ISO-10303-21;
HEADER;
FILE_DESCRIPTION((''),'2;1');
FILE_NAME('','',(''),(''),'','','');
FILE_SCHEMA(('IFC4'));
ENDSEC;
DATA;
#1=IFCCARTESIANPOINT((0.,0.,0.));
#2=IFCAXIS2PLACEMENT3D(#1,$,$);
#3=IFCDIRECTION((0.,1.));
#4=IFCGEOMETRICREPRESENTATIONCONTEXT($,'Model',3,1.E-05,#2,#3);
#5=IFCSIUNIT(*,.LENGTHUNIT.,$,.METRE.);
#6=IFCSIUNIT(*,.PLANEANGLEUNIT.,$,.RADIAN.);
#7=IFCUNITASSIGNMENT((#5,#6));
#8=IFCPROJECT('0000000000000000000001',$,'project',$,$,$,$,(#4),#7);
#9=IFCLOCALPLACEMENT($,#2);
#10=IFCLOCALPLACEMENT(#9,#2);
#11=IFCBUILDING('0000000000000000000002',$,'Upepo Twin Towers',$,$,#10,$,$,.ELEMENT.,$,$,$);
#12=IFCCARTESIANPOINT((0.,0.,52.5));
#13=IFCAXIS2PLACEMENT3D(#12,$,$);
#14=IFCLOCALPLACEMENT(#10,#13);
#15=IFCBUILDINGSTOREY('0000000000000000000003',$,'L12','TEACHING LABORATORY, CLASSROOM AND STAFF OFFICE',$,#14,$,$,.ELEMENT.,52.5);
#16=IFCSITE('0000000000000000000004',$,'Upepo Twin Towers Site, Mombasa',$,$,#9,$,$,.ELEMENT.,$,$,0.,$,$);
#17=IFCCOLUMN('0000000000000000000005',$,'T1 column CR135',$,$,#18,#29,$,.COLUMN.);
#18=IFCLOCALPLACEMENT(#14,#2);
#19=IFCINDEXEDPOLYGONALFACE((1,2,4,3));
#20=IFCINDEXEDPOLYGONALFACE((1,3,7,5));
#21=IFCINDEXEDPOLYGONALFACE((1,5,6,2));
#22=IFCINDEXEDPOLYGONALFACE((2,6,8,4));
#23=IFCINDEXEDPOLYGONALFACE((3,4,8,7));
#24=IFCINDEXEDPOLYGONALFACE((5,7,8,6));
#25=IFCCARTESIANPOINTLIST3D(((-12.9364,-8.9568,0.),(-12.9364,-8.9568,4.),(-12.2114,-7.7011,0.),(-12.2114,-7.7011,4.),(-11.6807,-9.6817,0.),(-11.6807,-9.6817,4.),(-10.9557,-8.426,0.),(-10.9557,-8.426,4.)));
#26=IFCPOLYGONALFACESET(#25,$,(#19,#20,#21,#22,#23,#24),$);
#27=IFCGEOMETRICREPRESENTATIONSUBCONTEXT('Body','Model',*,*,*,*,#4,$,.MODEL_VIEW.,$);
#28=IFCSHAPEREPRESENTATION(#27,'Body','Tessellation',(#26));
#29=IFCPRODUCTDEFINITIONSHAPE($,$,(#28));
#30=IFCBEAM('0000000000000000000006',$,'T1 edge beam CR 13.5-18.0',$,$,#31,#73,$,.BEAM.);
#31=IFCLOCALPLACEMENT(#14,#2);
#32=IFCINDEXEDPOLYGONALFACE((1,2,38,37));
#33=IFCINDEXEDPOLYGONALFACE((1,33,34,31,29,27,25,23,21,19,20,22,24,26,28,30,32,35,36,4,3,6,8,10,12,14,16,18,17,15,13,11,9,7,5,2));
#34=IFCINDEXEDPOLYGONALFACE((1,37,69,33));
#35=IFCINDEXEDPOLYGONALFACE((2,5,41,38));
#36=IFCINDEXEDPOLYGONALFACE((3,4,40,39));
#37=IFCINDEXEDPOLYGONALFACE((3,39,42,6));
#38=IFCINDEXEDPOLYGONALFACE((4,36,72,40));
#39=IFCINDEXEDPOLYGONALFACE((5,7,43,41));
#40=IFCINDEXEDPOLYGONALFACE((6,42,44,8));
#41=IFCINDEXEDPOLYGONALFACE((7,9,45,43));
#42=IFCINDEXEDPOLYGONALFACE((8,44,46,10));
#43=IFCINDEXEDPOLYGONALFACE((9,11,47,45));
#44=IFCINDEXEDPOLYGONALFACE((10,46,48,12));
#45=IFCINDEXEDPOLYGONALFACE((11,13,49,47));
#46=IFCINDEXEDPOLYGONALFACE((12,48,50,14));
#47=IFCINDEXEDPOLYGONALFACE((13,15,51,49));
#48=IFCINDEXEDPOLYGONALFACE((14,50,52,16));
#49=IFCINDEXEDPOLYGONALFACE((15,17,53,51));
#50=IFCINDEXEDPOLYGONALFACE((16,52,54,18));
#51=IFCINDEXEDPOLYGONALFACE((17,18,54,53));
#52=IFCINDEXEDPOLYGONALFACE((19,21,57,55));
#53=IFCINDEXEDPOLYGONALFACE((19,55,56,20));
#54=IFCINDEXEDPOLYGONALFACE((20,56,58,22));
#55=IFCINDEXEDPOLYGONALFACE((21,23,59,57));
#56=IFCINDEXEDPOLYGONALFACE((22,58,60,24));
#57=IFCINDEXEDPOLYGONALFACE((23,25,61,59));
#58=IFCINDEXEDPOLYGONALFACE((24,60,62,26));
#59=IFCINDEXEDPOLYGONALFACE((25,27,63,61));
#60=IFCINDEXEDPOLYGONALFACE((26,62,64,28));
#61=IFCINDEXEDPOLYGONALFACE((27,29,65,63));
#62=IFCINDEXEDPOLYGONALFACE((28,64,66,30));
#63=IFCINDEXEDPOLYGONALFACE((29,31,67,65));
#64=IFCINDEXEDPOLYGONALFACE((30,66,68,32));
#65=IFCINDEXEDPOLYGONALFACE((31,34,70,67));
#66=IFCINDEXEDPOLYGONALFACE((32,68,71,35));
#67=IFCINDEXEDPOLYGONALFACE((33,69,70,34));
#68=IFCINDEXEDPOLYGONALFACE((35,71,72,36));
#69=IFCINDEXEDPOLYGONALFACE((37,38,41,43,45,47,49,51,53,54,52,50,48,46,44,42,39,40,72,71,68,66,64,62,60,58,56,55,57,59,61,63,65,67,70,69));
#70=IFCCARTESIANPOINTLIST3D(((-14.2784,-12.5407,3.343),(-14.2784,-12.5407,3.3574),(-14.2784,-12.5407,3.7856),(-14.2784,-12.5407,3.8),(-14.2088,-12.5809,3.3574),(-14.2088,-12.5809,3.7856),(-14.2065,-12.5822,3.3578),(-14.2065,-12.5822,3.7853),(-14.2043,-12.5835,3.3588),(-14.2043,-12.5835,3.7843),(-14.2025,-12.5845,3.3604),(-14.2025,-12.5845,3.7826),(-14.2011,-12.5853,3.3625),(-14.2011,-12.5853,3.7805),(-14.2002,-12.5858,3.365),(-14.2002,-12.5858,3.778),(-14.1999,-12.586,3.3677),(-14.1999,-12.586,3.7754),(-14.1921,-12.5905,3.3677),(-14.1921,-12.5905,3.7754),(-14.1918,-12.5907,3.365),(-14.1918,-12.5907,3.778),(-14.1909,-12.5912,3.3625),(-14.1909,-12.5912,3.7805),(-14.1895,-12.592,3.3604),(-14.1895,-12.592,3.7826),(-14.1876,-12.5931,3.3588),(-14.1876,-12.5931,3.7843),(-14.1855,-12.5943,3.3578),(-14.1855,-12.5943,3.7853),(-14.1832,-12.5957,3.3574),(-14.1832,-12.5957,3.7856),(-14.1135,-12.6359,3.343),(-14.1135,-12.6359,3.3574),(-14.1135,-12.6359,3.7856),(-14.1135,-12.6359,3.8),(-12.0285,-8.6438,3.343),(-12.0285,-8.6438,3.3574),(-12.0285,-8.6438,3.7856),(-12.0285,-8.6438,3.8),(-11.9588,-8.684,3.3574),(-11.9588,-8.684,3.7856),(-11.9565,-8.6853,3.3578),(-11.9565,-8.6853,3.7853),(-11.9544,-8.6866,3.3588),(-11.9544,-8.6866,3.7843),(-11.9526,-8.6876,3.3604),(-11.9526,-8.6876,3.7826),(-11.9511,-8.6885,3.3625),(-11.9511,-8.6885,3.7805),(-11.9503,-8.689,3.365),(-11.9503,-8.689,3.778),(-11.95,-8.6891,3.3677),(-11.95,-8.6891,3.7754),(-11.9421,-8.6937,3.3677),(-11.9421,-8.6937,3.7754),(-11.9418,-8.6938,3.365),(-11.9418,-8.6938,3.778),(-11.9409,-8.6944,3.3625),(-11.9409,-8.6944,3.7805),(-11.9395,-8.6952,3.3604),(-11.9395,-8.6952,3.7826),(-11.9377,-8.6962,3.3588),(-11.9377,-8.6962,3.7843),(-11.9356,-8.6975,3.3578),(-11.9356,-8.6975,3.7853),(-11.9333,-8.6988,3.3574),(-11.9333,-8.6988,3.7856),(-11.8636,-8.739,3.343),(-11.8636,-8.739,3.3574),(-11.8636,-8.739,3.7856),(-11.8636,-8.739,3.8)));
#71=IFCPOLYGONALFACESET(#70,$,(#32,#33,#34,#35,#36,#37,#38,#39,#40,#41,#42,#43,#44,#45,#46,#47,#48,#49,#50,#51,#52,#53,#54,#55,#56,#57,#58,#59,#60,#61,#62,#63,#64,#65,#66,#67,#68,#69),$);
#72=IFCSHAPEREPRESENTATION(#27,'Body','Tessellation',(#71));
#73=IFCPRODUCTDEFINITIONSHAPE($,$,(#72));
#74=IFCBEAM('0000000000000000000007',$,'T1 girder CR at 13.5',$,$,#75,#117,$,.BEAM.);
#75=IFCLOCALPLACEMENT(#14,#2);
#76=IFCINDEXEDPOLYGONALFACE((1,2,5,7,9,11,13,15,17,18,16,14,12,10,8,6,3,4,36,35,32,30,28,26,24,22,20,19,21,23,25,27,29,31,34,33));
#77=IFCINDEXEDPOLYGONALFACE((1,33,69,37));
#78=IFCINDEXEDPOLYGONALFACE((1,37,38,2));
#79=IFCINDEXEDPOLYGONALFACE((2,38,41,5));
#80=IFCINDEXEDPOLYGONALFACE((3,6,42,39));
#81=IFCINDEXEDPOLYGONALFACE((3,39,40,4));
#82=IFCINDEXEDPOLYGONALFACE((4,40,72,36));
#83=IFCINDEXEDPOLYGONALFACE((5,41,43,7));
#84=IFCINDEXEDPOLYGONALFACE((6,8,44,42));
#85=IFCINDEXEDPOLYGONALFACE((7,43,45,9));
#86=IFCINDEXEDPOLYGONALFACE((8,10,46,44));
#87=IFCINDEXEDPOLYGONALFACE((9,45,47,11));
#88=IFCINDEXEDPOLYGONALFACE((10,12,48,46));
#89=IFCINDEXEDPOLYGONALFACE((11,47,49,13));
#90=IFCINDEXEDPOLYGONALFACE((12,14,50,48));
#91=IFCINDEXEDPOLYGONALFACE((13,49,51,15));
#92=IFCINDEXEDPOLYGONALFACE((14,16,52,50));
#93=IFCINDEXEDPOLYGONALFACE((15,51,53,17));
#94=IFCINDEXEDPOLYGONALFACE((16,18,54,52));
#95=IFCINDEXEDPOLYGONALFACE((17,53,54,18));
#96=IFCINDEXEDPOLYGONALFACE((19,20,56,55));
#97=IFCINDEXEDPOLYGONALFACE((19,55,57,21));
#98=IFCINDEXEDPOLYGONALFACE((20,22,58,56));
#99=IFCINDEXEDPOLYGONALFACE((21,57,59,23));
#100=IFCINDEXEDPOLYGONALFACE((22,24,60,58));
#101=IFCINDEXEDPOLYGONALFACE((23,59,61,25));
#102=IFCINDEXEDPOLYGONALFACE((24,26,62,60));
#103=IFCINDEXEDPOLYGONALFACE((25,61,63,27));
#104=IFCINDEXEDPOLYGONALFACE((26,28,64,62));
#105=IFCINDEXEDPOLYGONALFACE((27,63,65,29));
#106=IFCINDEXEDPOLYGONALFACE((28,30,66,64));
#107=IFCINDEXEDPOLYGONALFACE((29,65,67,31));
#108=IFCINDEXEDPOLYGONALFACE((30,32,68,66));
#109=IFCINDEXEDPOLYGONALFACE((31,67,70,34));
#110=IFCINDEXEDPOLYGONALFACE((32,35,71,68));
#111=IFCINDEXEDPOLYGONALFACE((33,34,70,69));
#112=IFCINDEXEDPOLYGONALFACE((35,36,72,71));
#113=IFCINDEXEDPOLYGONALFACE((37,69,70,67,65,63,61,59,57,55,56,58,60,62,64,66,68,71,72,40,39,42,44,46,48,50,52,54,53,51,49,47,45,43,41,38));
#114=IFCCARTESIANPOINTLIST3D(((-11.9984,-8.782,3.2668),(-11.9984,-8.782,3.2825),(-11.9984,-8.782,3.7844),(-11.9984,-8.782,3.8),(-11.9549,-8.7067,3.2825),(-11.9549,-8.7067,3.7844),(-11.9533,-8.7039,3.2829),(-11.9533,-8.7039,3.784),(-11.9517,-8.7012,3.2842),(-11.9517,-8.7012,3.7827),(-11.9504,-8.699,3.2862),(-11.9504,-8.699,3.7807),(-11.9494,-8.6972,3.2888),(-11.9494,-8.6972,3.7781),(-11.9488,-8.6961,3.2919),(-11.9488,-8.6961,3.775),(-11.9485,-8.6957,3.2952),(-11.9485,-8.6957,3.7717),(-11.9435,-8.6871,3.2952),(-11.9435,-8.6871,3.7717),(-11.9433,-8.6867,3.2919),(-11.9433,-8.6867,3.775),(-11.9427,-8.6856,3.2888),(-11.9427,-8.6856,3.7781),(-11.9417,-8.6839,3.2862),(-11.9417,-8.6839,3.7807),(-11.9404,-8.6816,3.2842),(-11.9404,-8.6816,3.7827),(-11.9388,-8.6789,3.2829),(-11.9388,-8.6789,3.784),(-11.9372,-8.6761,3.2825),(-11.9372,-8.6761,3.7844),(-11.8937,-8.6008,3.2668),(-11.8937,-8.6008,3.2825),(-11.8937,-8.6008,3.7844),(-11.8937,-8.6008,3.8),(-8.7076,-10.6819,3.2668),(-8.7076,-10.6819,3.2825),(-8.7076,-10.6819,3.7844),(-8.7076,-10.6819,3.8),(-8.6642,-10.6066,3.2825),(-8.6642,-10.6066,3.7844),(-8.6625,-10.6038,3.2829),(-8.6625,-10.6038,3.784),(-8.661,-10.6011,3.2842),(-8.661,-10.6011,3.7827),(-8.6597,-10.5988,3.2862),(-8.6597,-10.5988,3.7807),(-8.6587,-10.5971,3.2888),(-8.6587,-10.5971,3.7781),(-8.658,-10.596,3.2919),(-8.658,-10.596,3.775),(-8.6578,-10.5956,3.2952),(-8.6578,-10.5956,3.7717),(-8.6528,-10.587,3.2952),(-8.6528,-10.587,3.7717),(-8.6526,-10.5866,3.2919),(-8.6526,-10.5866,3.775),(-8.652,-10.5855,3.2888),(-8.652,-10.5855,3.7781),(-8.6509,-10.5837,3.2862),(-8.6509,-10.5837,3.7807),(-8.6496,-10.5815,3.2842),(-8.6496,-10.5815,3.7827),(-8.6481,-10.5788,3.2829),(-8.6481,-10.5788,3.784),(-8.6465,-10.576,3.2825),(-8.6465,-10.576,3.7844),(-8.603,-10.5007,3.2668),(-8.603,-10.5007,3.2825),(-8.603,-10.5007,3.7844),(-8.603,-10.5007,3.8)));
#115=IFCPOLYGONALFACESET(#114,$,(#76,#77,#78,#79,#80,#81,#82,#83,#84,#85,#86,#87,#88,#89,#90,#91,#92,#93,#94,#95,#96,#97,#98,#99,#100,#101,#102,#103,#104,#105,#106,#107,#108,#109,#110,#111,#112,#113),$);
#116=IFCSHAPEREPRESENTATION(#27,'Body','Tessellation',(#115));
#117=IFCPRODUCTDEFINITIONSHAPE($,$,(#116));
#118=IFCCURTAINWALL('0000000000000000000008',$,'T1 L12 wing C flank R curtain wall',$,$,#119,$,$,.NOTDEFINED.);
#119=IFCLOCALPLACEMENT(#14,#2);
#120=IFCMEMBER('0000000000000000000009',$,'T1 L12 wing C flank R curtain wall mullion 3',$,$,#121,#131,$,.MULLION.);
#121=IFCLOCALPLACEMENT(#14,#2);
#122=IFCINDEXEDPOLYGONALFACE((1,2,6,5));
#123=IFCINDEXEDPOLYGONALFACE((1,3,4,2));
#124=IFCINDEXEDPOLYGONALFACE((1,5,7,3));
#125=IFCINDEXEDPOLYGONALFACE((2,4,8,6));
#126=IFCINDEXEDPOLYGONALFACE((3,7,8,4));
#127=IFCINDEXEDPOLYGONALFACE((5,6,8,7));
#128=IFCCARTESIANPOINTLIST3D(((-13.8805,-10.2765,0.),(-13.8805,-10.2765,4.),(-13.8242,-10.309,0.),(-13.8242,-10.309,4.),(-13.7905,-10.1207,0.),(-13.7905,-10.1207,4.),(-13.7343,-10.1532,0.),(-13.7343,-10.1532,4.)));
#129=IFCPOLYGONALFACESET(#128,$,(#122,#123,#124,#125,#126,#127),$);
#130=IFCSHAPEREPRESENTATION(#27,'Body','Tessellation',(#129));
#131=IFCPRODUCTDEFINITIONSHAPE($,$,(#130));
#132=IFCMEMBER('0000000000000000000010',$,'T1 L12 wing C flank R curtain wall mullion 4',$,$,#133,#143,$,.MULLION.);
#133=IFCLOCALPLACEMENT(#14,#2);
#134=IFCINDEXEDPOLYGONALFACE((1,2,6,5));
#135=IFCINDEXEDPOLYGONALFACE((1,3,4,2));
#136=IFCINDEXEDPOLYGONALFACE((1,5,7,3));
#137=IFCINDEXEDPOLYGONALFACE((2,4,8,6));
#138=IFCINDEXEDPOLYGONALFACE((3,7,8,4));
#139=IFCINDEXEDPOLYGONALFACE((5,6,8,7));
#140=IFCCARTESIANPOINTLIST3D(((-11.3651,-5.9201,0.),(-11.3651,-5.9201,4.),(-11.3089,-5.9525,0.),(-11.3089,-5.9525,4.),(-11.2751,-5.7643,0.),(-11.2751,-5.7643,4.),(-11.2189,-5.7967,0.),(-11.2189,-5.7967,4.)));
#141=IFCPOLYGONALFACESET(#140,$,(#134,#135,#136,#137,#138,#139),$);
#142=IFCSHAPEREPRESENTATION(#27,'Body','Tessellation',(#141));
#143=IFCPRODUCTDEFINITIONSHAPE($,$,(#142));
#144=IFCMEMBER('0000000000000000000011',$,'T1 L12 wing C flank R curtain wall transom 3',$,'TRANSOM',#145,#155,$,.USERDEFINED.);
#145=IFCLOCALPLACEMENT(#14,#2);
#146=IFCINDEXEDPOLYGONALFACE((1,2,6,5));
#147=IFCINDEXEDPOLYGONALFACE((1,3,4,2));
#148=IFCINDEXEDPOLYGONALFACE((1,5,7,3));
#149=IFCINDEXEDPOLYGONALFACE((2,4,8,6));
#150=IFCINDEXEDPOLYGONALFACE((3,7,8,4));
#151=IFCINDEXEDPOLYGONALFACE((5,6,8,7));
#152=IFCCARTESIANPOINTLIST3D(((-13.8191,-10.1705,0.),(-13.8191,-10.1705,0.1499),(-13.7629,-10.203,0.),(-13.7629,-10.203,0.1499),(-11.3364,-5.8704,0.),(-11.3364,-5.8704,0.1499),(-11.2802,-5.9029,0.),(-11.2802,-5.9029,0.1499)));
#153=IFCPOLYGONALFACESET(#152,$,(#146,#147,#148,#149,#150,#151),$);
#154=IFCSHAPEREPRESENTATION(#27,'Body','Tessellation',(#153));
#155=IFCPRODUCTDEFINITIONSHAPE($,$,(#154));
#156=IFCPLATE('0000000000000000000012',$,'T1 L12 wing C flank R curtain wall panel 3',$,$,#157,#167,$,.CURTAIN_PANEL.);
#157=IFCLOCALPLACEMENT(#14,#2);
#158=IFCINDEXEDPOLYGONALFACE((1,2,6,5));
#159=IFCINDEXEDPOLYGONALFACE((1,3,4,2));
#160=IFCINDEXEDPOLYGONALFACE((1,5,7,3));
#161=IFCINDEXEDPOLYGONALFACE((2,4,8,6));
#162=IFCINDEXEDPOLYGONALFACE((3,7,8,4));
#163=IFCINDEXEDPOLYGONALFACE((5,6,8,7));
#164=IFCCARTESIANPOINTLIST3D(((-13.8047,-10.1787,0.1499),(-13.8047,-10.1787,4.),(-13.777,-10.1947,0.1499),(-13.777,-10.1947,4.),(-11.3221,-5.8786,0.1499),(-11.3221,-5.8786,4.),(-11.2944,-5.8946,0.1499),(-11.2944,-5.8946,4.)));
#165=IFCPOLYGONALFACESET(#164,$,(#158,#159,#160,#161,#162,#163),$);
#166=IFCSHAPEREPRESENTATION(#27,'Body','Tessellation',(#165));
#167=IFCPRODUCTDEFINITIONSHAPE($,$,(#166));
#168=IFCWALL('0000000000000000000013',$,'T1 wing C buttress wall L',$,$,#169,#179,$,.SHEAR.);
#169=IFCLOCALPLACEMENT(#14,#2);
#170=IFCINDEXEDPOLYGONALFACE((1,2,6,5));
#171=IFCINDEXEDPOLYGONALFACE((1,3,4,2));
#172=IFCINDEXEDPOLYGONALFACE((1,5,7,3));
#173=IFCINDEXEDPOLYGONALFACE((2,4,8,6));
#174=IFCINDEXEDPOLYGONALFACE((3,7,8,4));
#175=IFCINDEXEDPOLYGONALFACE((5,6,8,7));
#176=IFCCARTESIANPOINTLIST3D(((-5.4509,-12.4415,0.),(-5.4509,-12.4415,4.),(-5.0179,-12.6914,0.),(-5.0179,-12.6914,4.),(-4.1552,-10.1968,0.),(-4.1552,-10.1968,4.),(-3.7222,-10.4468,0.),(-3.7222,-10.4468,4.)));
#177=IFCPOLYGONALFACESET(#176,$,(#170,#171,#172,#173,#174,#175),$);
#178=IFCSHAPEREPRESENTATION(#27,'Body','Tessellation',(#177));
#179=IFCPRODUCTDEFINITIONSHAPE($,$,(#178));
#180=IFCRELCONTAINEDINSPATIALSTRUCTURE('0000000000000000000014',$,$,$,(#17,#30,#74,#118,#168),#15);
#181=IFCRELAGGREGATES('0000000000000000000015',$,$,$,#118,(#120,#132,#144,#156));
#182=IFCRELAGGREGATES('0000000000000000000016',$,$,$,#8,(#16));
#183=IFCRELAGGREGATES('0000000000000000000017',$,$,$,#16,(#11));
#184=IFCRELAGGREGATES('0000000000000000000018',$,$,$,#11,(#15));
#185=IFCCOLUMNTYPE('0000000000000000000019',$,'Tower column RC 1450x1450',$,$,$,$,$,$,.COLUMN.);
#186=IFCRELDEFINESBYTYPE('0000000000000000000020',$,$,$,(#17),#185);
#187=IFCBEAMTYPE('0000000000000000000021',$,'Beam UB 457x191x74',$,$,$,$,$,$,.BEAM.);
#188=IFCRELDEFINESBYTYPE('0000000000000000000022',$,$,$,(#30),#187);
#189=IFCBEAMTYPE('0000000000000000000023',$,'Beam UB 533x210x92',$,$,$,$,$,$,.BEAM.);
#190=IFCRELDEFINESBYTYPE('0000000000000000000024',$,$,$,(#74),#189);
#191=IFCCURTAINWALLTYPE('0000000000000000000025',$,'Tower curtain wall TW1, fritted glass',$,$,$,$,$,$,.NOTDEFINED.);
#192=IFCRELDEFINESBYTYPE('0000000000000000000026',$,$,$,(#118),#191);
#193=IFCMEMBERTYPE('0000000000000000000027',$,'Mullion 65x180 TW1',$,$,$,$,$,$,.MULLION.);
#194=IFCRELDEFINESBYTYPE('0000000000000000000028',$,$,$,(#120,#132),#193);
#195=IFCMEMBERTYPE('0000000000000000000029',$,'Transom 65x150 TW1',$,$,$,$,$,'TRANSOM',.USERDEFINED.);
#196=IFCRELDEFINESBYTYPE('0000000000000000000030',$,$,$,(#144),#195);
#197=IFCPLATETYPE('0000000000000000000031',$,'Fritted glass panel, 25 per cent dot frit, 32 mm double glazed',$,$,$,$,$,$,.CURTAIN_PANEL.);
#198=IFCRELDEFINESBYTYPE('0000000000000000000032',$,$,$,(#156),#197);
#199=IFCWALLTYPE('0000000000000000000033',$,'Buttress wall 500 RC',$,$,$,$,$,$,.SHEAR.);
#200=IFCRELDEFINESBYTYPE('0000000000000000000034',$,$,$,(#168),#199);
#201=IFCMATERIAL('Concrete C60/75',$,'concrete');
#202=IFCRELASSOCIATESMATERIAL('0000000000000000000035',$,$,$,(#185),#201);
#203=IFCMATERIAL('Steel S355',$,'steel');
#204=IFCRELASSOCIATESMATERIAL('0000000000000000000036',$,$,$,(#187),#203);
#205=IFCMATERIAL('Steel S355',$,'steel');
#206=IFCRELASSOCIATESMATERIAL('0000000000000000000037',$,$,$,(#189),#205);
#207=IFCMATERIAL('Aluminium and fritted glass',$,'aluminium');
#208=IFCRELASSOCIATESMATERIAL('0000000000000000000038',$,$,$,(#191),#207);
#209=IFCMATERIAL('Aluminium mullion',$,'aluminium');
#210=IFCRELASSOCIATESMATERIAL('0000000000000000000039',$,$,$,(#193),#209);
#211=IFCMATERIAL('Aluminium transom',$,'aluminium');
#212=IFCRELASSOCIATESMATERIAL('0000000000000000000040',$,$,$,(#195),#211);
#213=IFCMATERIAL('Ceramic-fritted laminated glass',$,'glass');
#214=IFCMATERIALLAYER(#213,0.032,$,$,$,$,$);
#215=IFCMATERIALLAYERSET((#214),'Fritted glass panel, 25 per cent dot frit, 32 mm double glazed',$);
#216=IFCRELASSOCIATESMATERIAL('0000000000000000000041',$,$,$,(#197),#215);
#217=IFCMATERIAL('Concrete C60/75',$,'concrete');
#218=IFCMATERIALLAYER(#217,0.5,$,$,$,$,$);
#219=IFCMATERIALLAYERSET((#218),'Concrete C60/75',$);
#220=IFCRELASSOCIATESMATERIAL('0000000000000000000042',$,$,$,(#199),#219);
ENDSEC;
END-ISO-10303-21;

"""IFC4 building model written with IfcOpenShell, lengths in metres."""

from ifc_helpers import new_model, si_unit, direction, frame, frame_2d, origin, origin_2d, place, context, subcontext, project, spatial, rectangle, i_section, extrude, material, layer, layer_set, material_profile, profile_set, type_object, element, aggregate, save


model = new_model("IFC4")

# Units and contexts
model_context = context("Model", 3, precision=1e-05, world=origin(), true_north=direction((0.0, 1.0)))
body_context = subcontext(model_context, "Body", "Model", "MODEL_VIEW")
ifc_project = project(units=[si_unit("LENGTHUNIT", "METRE"), si_unit("PLANEANGLEUNIT", "RADIAN")], contexts=[model_context])

# Site, building, storey
site_placement = place(None, origin())
site = spatial("IfcSite", under=ifc_project, at=site_placement, Name="Upepo Twin Towers Site, Mombasa", CompositionType="ELEMENT", RefElevation=0.0)
building_placement = place(site_placement, origin())
building = spatial("IfcBuilding", under=site, at=building_placement, Name="Upepo Twin Towers", CompositionType="ELEMENT")
storey_placement = place(building_placement, frame((0.0, 0.0, 52.5)))
storey = spatial("IfcBuildingStorey", under=building, at=storey_placement, Name="L12", Description="TEACHING LABORATORY, CLASSROOM AND STAFF OFFICE", CompositionType="ELEMENT", Elevation=52.5)

# Column
ifc_material_1 = material(Name="Concrete C60/75", Category="concrete")
ifc_material_profile_1 = material_profile(ifc_material_1, rectangle(XDim=1.45, YDim=1.45, at=origin_2d()), Name="RC 1450x1450")
ifc_profile_set_1 = profile_set([ifc_material_profile_1], Name="Concrete C60/75")
column_type = type_object("IfcColumnType", Name="Tower column RC 1450x1450", PredefinedType="COLUMN", material=ifc_profile_set_1)
column_placement = place(storey_placement, frame((-11.946, -8.6914, 0.0), z_axis=(0.0, 0.0, 1.0), x_axis=(0.5, 0.866025, 0.0)))
element("IfcColumn", 1, at=column_placement, inside=storey, type_object=column_type, Name="T1 column CR135", PredefinedType="COLUMN", context=body_context, shape_type="SweptSolid", body=[
    extrude(rectangle(XDim=1.45, YDim=1.45, at=origin_2d()), origin(), (0.0, 0.0, 1.0), 4.0),
])

# Beams
ifc_material_2 = material(Name="Steel S355", Category="steel")
ifc_material_profile_2 = material_profile(ifc_material_2, i_section(OverallWidth=0.1904, OverallDepth=0.457, WebThickness=0.009, FlangeThickness=0.0144, FilletRadius=0.0103, at=origin_2d()), Name="UB 457x191x74")
ifc_profile_set_2 = profile_set([ifc_material_profile_2], Name="Steel S355")
beam_type_1 = type_object("IfcBeamType", Name="Beam UB 457x191x74", PredefinedType="BEAM", material=ifc_profile_set_2)
beam_1_placement = place(storey_placement, frame((-11.946, -8.6914, 3.5715), z_axis=(-0.500014, -0.866018, 0.0), x_axis=(0.866018, -0.500014, 0.0)))
element("IfcBeam", 2, at=beam_1_placement, inside=storey, type_object=beam_type_1, Name="T1 edge beam CR 13.5-18.0", PredefinedType="BEAM", context=body_context, shape_type="SweptSolid", body=[
    extrude(i_section(OverallWidth=0.1904, OverallDepth=0.457, WebThickness=0.009, FlangeThickness=0.0144, FilletRadius=0.0103, at=origin_2d()), origin(), (0.0, 0.0, 1.0), 4.4998),
])
ifc_material_3 = material(Name="Steel S355", Category="steel")
ifc_material_profile_3 = material_profile(ifc_material_3, i_section(OverallWidth=0.2092, OverallDepth=0.5332, WebThickness=0.01, FlangeThickness=0.0156, FilletRadius=0.0127, at=origin_2d()), Name="UB 533x210x92")
ifc_profile_set_3 = profile_set([ifc_material_profile_3], Name="Steel S355")
beam_type_2 = type_object("IfcBeamType", Name="Beam UB 533x210x92", PredefinedType="BEAM", material=ifc_profile_set_3)
beam_2_placement = place(storey_placement, frame((-11.946, -8.6914, 3.5334), z_axis=(0.866028, -0.499995, 0.0), x_axis=(0.499995, 0.866028, 0.0)))
element("IfcBeam", 3, at=beam_2_placement, inside=storey, type_object=beam_type_2, Name="T1 girder CR at 13.5", PredefinedType="BEAM", context=body_context, shape_type="SweptSolid", body=[
    extrude(i_section(OverallWidth=0.2092, OverallDepth=0.5332, WebThickness=0.01, FlangeThickness=0.0156, FilletRadius=0.0127, at=origin_2d()), origin(), (0.0, 0.0, 1.0), 3.7998),
])

# Curtain wall, members, plate
ifc_material_4 = material(Name="Aluminium and fritted glass", Category="aluminium")
curtain_wall_type = type_object("IfcCurtainWallType", Name="Tower curtain wall TW1, fritted glass", PredefinedType="NOTDEFINED", material=ifc_material_4)
curtain_wall_placement = place(storey_placement, origin())
curtain_wall = element("IfcCurtainWall", 4, at=curtain_wall_placement, inside=storey, type_object=curtain_wall_type, Name="T1 L12 wing C flank R curtain wall", PredefinedType="NOTDEFINED")
ifc_material_5 = material(Name="Aluminium mullion", Category="aluminium")
ifc_material_profile_4 = material_profile(ifc_material_5, rectangle(XDim=0.0649, YDim=0.1799, at=origin_2d()), Name="MULLION 65x180")
ifc_profile_set_4 = profile_set([ifc_material_profile_4], Name="Aluminium mullion")
member_type_1 = type_object("IfcMemberType", Name="Mullion 65x180 TW1", PredefinedType="MULLION", material=ifc_profile_set_4)
member_1_placement = place(storey_placement, frame((-13.8074, -10.2148, 0.0), z_axis=(0.0, 0.0, 1.0), x_axis=(-0.866025, 0.5, 0.0)))
member_1 = element("IfcMember", 5, at=member_1_placement, type_object=member_type_1, Name="T1 L12 wing C flank R curtain wall mullion 3", PredefinedType="MULLION", context=body_context, shape_type="SweptSolid", body=[
    extrude(rectangle(XDim=0.0649, YDim=0.1799, at=origin_2d()), origin(), (0.0, 0.0, 1.0), 4.0),
])
member_2_placement = place(storey_placement, frame((-11.292, -5.8584, 0.0), z_axis=(0.0, 0.0, 1.0), x_axis=(-0.866025, 0.5, 0.0)))
member_2 = element("IfcMember", 6, at=member_2_placement, type_object=member_type_1, Name="T1 L12 wing C flank R curtain wall mullion 4", PredefinedType="MULLION", context=body_context, shape_type="SweptSolid", body=[
    extrude(rectangle(XDim=0.0649, YDim=0.1799, at=origin_2d()), origin(), (0.0, 0.0, 1.0), 4.0),
])
ifc_material_6 = material(Name="Aluminium transom", Category="aluminium")
ifc_material_profile_5 = material_profile(ifc_material_6, rectangle(XDim=0.0649, YDim=0.1499, at=origin_2d()), Name="TRANSOM 65x150")
ifc_profile_set_5 = profile_set([ifc_material_profile_5], Name="Aluminium transom")
member_type_2 = type_object("IfcMemberType", Name="Transom 65x150 TW1", ElementType="TRANSOM", PredefinedType="USERDEFINED", material=ifc_profile_set_5)
member_3_placement = place(storey_placement, frame((-13.791, -10.1868, 0.075), z_axis=(0.500005, 0.866023, 0.0), x_axis=(-0.866023, 0.500005, 0.0)))
member_3 = element("IfcMember", 7, at=member_3_placement, type_object=member_type_2, Name="T1 L12 wing C flank R curtain wall transom 3", ObjectType="TRANSOM", PredefinedType="USERDEFINED", context=body_context, shape_type="SweptSolid", body=[
    extrude(rectangle(XDim=0.0649, YDim=0.1499, at=origin_2d()), origin(), (0.0, 0.0, 1.0), 4.9653),
])
ifc_material_7 = material(Name="Ceramic-fritted laminated glass", Category="glass")
ifc_layer_1 = layer(ifc_material_7, 0.032)
ifc_layer_set_1 = layer_set([ifc_layer_1], Name="Fritted glass panel, 25 per cent dot frit, 32 mm double glazed")
plate_type = type_object("IfcPlateType", Name="Fritted glass panel, 25 per cent dot frit, 32 mm double glazed", PredefinedType="CURTAIN_PANEL", material=ifc_layer_set_1)
plate_placement = place(storey_placement, frame((-12.5496, -8.0366, 0.1499), z_axis=(0.0, 0.0, 1.0), x_axis=(0.5, 0.866025, 0.0)))
plate = element("IfcPlate", 8, at=plate_placement, type_object=plate_type, Name="T1 L12 wing C flank R curtain wall panel 3", PredefinedType="CURTAIN_PANEL", context=body_context, shape_type="SweptSolid", body=[
    extrude(rectangle(XDim=4.9653, YDim=0.032, at=origin_2d()), origin(), (0.0, 0.0, 1.0), 3.8501),
])
aggregate(curtain_wall, [member_1, member_2, member_3, plate])

# Wall
ifc_material_8 = material(Name="Concrete C60/75", Category="concrete")
ifc_layer_2 = layer(ifc_material_8, 0.5)
ifc_layer_set_2 = layer_set([ifc_layer_2], Name="Concrete C60/75")
wall_type_1 = type_object("IfcWallType", Name="Buttress wall 500 RC", PredefinedType="SHEAR", material=ifc_layer_set_2)
for number, where, z_axis, x_axis, name in (
    (9, (-3.9387, -10.3218, 0.0), (0.0, 0.0, 1.0), (-0.499918, -0.866073, 0.0), "T1 wing C buttress wall L"),
):
    element("IfcWall", number, at=place(storey_placement, frame(where, z_axis=z_axis, x_axis=x_axis)), inside=storey, type_object=wall_type_1, Name=name, PredefinedType="SHEAR", context=body_context, shape_type="SweptSolid", body=[
        extrude(rectangle(XDim=2.5918, YDim=0.5, at=frame_2d((1.2959, 0.0))), origin(), (0.0, 0.0, 1.0), 4.0),
    ])

save(model, "model.ifc")
